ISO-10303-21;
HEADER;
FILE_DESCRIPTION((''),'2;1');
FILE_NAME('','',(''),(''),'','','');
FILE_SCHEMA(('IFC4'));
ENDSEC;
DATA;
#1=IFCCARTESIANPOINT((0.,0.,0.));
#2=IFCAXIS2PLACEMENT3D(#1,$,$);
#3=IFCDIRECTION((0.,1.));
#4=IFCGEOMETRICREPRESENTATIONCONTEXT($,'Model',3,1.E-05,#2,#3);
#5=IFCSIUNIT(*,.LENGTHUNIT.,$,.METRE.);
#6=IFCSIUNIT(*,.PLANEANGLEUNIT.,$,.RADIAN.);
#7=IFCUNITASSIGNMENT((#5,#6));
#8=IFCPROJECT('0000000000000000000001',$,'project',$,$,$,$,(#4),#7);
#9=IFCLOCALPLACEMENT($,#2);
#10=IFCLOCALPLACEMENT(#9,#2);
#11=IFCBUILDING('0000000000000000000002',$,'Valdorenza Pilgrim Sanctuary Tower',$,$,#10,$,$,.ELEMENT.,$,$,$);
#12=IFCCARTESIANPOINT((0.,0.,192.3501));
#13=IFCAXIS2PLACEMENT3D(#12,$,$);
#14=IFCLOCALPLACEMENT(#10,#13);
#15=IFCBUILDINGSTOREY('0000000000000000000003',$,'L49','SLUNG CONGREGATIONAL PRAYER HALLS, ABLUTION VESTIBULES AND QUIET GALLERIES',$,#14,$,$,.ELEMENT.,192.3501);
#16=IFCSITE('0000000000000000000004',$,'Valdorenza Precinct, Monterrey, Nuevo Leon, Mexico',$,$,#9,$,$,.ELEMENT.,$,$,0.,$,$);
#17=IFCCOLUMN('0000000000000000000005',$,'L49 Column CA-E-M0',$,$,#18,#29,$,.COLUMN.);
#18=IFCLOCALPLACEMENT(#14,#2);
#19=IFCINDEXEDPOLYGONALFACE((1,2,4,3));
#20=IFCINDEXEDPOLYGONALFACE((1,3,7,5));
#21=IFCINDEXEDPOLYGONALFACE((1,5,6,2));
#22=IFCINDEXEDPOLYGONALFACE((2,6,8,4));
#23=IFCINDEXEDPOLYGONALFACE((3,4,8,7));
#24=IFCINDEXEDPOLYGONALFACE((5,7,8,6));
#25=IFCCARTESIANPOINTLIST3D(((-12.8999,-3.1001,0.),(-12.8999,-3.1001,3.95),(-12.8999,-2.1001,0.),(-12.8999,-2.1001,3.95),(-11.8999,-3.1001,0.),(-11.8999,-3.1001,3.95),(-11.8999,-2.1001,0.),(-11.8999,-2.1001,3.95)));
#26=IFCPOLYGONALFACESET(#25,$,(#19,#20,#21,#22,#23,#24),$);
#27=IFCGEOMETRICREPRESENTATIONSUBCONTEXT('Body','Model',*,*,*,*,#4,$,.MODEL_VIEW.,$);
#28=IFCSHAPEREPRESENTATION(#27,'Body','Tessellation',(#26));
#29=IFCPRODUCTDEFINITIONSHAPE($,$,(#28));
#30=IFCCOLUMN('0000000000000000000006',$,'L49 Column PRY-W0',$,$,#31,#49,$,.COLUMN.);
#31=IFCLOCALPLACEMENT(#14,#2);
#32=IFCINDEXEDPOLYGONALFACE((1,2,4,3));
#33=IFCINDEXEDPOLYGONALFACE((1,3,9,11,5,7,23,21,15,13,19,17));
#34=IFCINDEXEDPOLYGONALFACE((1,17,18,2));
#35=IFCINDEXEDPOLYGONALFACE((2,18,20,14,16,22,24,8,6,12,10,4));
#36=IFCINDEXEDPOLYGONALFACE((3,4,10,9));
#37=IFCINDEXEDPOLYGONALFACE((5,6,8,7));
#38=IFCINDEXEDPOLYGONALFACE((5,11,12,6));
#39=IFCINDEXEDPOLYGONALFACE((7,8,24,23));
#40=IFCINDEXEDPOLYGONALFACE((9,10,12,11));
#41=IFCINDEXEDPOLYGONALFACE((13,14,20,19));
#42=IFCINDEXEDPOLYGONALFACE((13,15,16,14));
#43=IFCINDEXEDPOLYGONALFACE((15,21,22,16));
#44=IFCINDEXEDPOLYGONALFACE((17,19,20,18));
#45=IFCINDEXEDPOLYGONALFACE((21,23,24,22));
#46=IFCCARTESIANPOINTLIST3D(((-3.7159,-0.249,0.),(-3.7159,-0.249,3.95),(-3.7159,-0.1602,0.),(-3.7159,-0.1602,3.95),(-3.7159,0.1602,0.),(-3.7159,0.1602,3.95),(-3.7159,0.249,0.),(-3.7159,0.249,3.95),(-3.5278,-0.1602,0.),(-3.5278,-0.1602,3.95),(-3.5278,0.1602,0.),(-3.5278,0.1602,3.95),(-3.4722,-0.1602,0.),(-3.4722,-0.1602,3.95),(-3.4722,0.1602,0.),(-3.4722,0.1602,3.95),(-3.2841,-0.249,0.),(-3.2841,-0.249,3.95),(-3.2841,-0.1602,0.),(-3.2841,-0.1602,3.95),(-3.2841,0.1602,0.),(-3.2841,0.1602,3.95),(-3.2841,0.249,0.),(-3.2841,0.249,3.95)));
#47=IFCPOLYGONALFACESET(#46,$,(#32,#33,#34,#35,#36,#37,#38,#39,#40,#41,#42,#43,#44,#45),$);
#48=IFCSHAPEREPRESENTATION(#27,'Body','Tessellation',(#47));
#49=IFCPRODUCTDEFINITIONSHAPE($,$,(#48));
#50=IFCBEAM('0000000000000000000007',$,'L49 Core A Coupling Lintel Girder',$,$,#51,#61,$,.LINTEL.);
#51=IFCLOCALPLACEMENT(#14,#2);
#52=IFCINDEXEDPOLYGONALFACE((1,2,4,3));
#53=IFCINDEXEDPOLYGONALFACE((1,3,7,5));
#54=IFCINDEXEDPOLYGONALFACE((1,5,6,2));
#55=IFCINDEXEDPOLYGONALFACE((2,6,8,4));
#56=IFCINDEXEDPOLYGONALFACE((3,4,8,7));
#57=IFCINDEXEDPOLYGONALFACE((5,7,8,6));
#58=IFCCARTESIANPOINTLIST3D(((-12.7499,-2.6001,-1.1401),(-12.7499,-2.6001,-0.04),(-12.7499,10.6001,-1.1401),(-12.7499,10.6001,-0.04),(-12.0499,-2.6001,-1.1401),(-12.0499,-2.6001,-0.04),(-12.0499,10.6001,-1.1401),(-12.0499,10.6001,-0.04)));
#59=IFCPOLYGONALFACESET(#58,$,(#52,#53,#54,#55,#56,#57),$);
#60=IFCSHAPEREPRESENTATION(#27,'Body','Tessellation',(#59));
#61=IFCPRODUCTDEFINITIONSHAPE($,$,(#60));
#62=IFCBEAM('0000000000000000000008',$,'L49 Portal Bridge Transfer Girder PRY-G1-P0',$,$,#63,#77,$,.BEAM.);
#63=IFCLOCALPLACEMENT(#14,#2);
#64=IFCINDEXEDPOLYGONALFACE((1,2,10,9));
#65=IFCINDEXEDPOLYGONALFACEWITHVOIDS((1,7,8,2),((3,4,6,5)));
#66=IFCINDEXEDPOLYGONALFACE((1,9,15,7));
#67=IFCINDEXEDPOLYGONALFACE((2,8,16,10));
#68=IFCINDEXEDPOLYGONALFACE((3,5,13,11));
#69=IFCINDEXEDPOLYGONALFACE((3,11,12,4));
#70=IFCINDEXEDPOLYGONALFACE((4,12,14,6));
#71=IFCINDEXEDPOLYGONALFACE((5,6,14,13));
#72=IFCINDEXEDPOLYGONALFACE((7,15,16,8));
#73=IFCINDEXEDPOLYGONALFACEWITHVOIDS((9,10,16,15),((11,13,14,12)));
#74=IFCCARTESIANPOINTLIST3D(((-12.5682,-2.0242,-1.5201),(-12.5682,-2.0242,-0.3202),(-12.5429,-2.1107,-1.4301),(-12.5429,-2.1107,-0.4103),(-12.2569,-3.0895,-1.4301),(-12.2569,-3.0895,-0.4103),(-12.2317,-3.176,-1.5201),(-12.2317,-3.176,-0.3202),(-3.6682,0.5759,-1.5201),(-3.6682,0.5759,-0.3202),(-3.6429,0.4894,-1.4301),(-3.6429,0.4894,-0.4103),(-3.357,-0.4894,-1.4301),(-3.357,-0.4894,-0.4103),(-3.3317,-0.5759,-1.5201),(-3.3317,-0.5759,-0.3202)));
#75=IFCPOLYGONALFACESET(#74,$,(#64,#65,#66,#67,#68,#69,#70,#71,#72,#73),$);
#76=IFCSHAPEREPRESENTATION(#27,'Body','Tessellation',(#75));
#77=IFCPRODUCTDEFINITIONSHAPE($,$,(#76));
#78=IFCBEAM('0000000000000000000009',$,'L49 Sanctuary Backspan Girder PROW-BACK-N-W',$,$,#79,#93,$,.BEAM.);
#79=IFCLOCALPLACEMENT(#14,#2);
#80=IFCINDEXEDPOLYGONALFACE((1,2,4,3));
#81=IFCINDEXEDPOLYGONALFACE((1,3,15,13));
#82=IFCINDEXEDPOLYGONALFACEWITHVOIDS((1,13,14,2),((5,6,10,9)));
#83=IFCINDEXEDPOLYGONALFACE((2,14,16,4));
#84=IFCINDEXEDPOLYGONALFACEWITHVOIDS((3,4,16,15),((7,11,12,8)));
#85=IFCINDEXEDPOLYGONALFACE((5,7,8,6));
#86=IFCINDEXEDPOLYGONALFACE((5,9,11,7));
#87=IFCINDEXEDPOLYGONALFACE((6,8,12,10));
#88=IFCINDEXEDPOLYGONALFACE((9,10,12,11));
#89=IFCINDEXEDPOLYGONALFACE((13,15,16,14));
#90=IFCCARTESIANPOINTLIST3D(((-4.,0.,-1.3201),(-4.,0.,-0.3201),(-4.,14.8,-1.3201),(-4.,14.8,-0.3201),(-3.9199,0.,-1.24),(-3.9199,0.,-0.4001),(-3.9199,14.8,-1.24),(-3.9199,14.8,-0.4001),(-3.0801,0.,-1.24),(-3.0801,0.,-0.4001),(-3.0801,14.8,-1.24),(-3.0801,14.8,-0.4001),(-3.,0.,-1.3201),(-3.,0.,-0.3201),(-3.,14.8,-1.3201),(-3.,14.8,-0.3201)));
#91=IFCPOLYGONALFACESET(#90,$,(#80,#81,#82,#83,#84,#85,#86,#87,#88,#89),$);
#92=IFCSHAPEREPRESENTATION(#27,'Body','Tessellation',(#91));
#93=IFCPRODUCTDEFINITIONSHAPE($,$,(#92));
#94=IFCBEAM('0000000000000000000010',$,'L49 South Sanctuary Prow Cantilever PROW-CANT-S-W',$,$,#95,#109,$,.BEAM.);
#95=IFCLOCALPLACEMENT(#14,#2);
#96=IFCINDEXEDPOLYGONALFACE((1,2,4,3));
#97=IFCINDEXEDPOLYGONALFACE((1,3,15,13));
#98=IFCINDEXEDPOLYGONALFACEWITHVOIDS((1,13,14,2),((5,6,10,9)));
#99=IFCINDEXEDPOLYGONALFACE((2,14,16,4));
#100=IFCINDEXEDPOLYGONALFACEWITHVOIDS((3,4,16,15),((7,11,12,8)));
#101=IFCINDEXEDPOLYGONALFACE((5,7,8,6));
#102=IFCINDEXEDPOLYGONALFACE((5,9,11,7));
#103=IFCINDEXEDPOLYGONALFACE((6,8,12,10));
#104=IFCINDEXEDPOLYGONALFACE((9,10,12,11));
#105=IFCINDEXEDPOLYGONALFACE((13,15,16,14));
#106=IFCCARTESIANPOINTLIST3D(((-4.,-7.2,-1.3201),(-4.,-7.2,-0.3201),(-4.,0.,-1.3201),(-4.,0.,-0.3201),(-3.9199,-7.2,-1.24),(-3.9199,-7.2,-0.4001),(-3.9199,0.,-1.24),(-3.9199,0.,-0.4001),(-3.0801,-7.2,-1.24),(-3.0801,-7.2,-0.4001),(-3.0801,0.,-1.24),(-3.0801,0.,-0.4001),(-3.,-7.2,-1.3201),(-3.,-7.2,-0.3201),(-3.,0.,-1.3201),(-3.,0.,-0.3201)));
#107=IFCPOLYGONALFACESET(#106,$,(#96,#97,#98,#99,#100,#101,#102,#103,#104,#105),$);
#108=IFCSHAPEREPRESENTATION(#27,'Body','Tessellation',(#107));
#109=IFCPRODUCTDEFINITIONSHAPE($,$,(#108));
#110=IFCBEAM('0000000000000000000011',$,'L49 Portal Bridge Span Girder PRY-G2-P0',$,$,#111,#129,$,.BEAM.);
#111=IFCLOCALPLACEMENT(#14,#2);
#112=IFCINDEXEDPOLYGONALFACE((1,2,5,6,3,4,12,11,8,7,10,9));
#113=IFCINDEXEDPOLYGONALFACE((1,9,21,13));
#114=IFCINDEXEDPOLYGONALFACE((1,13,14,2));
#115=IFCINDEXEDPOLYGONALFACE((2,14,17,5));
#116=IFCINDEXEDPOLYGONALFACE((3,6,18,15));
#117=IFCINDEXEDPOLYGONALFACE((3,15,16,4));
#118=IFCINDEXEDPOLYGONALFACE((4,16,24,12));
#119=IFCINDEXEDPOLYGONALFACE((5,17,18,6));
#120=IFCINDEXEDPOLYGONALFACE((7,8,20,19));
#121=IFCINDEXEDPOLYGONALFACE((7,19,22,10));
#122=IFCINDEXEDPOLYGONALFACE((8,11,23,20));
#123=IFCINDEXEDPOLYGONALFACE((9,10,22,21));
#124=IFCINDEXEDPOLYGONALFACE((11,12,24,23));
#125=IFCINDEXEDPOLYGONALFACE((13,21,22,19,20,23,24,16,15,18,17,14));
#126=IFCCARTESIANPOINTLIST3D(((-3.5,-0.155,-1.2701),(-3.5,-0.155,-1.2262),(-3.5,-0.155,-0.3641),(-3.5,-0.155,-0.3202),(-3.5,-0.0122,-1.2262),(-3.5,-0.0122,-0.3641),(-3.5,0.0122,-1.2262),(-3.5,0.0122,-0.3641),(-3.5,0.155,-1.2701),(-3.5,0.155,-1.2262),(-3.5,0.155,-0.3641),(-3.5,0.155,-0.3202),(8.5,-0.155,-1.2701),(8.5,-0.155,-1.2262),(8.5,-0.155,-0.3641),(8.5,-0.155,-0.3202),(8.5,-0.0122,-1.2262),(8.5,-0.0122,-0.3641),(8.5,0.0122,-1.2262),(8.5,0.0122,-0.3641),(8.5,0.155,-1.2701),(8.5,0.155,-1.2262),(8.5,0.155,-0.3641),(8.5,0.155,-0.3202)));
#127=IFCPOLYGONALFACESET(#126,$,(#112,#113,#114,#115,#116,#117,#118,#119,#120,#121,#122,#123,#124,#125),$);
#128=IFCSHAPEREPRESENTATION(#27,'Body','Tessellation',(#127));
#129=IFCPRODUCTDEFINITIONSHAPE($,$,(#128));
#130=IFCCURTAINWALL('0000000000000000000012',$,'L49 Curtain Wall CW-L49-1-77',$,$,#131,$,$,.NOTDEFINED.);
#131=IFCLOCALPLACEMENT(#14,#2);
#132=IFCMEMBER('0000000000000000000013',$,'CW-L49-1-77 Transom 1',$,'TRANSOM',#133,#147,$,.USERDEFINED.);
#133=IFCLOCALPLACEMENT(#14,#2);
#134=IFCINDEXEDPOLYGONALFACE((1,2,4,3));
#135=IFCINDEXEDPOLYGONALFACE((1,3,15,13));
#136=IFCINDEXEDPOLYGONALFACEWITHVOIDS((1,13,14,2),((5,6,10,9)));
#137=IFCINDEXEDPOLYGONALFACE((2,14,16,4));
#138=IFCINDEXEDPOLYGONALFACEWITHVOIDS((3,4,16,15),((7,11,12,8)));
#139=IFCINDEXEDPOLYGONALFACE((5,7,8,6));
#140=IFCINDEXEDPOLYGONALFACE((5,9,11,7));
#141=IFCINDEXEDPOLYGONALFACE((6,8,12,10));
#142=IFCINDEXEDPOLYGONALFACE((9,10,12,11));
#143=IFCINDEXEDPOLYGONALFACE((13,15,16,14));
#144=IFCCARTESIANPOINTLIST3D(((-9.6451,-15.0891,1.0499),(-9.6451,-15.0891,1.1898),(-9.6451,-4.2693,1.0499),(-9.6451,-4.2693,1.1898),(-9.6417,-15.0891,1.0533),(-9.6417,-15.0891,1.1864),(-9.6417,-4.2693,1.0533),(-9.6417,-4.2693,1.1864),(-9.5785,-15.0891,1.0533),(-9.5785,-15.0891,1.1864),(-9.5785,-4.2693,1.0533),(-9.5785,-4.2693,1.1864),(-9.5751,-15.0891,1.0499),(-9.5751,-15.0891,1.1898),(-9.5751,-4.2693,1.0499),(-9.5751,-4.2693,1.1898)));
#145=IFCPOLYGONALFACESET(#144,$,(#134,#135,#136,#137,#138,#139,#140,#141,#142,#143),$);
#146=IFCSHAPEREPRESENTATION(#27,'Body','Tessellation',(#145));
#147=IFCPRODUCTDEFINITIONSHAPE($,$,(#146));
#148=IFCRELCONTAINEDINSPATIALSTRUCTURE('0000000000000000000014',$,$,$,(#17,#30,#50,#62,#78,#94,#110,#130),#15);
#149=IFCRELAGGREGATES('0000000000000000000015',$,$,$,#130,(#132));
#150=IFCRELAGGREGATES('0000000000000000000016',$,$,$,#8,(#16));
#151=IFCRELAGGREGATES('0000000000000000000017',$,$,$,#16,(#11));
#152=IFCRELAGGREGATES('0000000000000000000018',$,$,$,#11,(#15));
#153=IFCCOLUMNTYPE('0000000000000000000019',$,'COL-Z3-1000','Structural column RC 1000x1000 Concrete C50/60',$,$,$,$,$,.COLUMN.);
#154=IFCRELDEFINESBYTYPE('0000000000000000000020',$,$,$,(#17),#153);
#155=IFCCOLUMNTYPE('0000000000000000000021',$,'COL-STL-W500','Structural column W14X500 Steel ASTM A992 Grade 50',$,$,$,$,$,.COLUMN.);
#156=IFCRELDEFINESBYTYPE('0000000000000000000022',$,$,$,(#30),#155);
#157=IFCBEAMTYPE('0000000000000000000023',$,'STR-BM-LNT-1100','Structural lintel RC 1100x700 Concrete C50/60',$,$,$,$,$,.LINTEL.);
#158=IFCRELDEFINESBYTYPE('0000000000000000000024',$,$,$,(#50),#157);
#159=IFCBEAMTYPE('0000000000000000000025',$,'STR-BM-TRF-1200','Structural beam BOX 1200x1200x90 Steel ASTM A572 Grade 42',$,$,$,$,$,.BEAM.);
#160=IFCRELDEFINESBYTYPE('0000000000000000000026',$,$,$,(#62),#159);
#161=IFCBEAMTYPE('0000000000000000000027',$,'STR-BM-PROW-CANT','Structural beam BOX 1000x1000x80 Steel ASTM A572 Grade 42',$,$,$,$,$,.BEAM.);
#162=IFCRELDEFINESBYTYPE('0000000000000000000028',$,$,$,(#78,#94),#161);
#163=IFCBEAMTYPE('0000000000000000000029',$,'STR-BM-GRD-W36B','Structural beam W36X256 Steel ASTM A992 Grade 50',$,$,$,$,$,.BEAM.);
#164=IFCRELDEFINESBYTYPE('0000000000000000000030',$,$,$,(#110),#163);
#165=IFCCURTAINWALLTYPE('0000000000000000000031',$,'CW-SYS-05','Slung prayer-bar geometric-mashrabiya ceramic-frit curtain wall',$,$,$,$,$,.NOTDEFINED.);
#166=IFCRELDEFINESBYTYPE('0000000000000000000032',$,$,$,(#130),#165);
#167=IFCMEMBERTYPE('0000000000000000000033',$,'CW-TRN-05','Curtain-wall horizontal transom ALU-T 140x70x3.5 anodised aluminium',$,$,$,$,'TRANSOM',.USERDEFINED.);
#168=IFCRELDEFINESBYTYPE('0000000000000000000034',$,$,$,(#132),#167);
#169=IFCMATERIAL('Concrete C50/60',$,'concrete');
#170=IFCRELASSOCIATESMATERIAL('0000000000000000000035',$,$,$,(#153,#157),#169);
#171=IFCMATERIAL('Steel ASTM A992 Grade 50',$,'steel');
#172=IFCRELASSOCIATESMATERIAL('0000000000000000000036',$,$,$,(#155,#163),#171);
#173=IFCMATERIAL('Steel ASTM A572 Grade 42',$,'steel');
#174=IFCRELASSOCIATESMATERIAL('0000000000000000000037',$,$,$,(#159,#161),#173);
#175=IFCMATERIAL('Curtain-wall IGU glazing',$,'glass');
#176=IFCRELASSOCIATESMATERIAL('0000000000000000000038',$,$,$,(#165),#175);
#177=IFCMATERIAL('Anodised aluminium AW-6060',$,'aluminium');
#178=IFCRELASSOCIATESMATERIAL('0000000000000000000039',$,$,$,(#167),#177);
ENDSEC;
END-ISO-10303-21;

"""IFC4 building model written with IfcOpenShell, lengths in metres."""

from ifc_helpers import new_model, si_unit, direction, frame, origin, origin_2d, place, context, subcontext, project, spatial, rectangle, hollow_rectangle, i_section, extrude, source, transform, mapped, material, material_profile, profile_set, type_object, element, aggregate, save


model = new_model("IFC4")

# Units and contexts
model_context = context("Model", 3, precision=1e-05, world=origin(), true_north=direction((0.0, 1.0)))
body_context = subcontext(model_context, "Body", "Model", "MODEL_VIEW")
ifc_project = project(units=[si_unit("LENGTHUNIT", "METRE"), si_unit("PLANEANGLEUNIT", "RADIAN")], contexts=[model_context])

# Site, building, storey
site_placement = place(None, origin())
site = spatial("IfcSite", under=ifc_project, at=site_placement, Name="Valdorenza Precinct, Monterrey, Nuevo Leon, Mexico", CompositionType="ELEMENT", RefElevation=0.0)
building_placement = place(site_placement, origin())
building = spatial("IfcBuilding", under=site, at=building_placement, Name="Valdorenza Pilgrim Sanctuary Tower", CompositionType="ELEMENT")
storey_placement = place(building_placement, frame((0.0, 0.0, 192.3501)))
storey = spatial("IfcBuildingStorey", under=building, at=storey_placement, Name="L49", Description="SLUNG CONGREGATIONAL PRAYER HALLS, ABLUTION VESTIBULES AND QUIET GALLERIES", CompositionType="ELEMENT", Elevation=192.3501)

# Columns
ifc_material_1 = material(Name="Concrete C50/60", Category="concrete")
ifc_material_profile_1 = material_profile(ifc_material_1, rectangle(XDim=1.0, YDim=1.0, at=origin_2d()), Name="RC 1000x1000")
ifc_profile_set_1 = profile_set([ifc_material_profile_1], Name="Concrete C50/60")
column_type_1 = type_object("IfcColumnType", Name="COL-Z3-1000", Description="Structural column RC 1000x1000 Concrete C50/60", PredefinedType="COLUMN", material=ifc_profile_set_1)
shared_shape_1 = source(origin(), body_context, "Body", "SweptSolid", [
    extrude(rectangle(XDim=1.0, YDim=1.0, at=origin_2d()), origin(), (0.0, 0.0, 1.0), 3.95),
])
column_1_placement = place(storey_placement, frame((-12.3999, -2.6001, 0.0), z_axis=(0.0, 0.0, 1.0), x_axis=(1.0, 0.0, 0.0)))
element("IfcColumn", 1, at=column_1_placement, inside=storey, type_object=column_type_1, Name="L49 Column CA-E-M0", PredefinedType="COLUMN", context=body_context, shape_type="MappedRepresentation", body=[
    mapped(shared_shape_1, transform((0.0, 0.0, 0.0), x_axis=(1.0, 0.0, 0.0), y_axis=(0.0, 1.0, 0.0), z_axis=(0.0, 0.0, 1.0), scale=1.0)),
])
ifc_material_2 = material(Name="Steel ASTM A992 Grade 50", Category="steel")
ifc_material_profile_2 = material_profile(ifc_material_2, i_section(OverallWidth=0.4319, OverallDepth=0.498, WebThickness=0.0557, FlangeThickness=0.0889, at=origin_2d()), Name="W14X500")
ifc_profile_set_2 = profile_set([ifc_material_profile_2], Name="Steel ASTM A992 Grade 50")
column_type_2 = type_object("IfcColumnType", Name="COL-STL-W500", Description="Structural column W14X500 Steel ASTM A992 Grade 50", PredefinedType="COLUMN", material=ifc_profile_set_2)
shared_shape_2 = source(origin(), body_context, "Body", "SweptSolid", [
    extrude(i_section(OverallWidth=0.4319, OverallDepth=0.498, WebThickness=0.0557, FlangeThickness=0.0889, at=origin_2d()), origin(), (0.0, 0.0, 1.0), 3.95),
])
column_2_placement = place(storey_placement, frame((-3.5, 0.0, 0.0), z_axis=(0.0, 0.0, 1.0), x_axis=(1.0, 0.0, 0.0)))
element("IfcColumn", 2, at=column_2_placement, inside=storey, type_object=column_type_2, Name="L49 Column PRY-W0", PredefinedType="COLUMN", context=body_context, shape_type="MappedRepresentation", body=[
    mapped(shared_shape_2, transform((0.0, 0.0, 0.0), x_axis=(1.0, 0.0, 0.0), y_axis=(0.0, 1.0, 0.0), z_axis=(0.0, 0.0, 1.0), scale=1.0)),
])

# Beams
ifc_material_profile_3 = material_profile(ifc_material_1, rectangle(XDim=0.7, YDim=1.1001, at=origin_2d()), Name="RC 1100x700")
ifc_profile_set_3 = profile_set([ifc_material_profile_3], Name="Concrete C50/60")
beam_type_1 = type_object("IfcBeamType", Name="STR-BM-LNT-1100", Description="Structural lintel RC 1100x700 Concrete C50/60", PredefinedType="LINTEL", material=ifc_profile_set_3)
shared_shape_3 = source(origin(), body_context, "Body", "SweptSolid", [
    extrude(rectangle(XDim=0.7, YDim=1.1001, at=origin_2d()), origin(), (0.0, 0.0, 1.0), 13.2002),
])
beam_1_placement = place(storey_placement, frame((-12.3999, -2.6001, -0.5901), z_axis=(0.0, 1.0, 0.0), x_axis=(-1.0, 0.0, 0.0)))
element("IfcBeam", 3, at=beam_1_placement, inside=storey, type_object=beam_type_1, Name="L49 Core A Coupling Lintel Girder", PredefinedType="LINTEL", context=body_context, shape_type="MappedRepresentation", body=[
    mapped(shared_shape_3, transform((0.0, 0.0, 0.0), x_axis=(1.0, 0.0, 0.0), y_axis=(0.0, 1.0, 0.0), z_axis=(0.0, 0.0, 1.0), scale=1.0)),
])
ifc_material_3 = material(Name="Steel ASTM A572 Grade 42", Category="steel")
ifc_material_profile_4 = material_profile(ifc_material_3, hollow_rectangle(XDim=1.2, YDim=1.2, WallThickness=0.0901, at=origin_2d()), Name="BOX 1200x1200x90")
ifc_profile_set_4 = profile_set([ifc_material_profile_4], Name="Steel ASTM A572 Grade 42")
beam_type_2 = type_object("IfcBeamType", Name="STR-BM-TRF-1200", Description="Structural beam BOX 1200x1200x90 Steel ASTM A572 Grade 42", PredefinedType="BEAM", material=ifc_profile_set_4)
shared_shape_4 = source(origin(), body_context, "Body", "SweptSolid", [
    extrude(hollow_rectangle(XDim=1.2, YDim=1.2, WallThickness=0.0901, at=origin_2d()), origin(), (0.0, 0.0, 1.0), 9.272),
])
beam_2_placement = place(storey_placement, frame((-12.3999, -2.6001, -0.9202), z_axis=(0.959875, 0.280427, 0.0), x_axis=(-0.280427, 0.959875, 0.0)))
element("IfcBeam", 4, at=beam_2_placement, inside=storey, type_object=beam_type_2, Name="L49 Portal Bridge Transfer Girder PRY-G1-P0", PredefinedType="BEAM", context=body_context, shape_type="MappedRepresentation", body=[
    mapped(shared_shape_4, transform((0.0, 0.0, 0.0), x_axis=(1.0, 0.0, 0.0), y_axis=(0.0, 1.0, 0.0), z_axis=(0.0, 0.0, 1.0), scale=1.0)),
])
ifc_material_profile_5 = material_profile(ifc_material_3, hollow_rectangle(XDim=1.0, YDim=1.0, WallThickness=0.0801, at=origin_2d()), Name="BOX 1000x1000x80")
ifc_profile_set_5 = profile_set([ifc_material_profile_5], Name="Steel ASTM A572 Grade 42")
beam_type_3 = type_object("IfcBeamType", Name="STR-BM-PROW-CANT", Description="Structural beam BOX 1000x1000x80 Steel ASTM A572 Grade 42", PredefinedType="BEAM", material=ifc_profile_set_5)
shared_shape_5 = source(origin(), body_context, "Body", "SweptSolid", [
    extrude(hollow_rectangle(XDim=1.0, YDim=1.0, WallThickness=0.0801, at=origin_2d()), origin(), (0.0, 0.0, 1.0), 14.8),
])
beam_3_placement = place(storey_placement, frame((-3.5, 0.0, -0.8201), z_axis=(0.0, 1.0, 0.0), x_axis=(-1.0, 0.0, 0.0)))
element("IfcBeam", 5, at=beam_3_placement, inside=storey, type_object=beam_type_3, Name="L49 Sanctuary Backspan Girder PROW-BACK-N-W", PredefinedType="BEAM", context=body_context, shape_type="MappedRepresentation", body=[
    mapped(shared_shape_5, transform((0.0, 0.0, 0.0), x_axis=(1.0, 0.0, 0.0), y_axis=(0.0, 1.0, 0.0), z_axis=(0.0, 0.0, 1.0), scale=1.0)),
])
shared_shape_6 = source(origin(), body_context, "Body", "SweptSolid", [
    extrude(hollow_rectangle(XDim=1.0, YDim=1.0, WallThickness=0.0801, at=origin_2d()), origin(), (0.0, 0.0, 1.0), 7.2),
])
beam_4_placement = place(storey_placement, frame((-3.5, 0.0, -0.8201), z_axis=(0.0, -1.0, 0.0), x_axis=(1.0, 0.0, 0.0)))
element("IfcBeam", 6, at=beam_4_placement, inside=storey, type_object=beam_type_3, Name="L49 South Sanctuary Prow Cantilever PROW-CANT-S-W", PredefinedType="BEAM", context=body_context, shape_type="MappedRepresentation", body=[
    mapped(shared_shape_6, transform((0.0, 0.0, 0.0), x_axis=(1.0, 0.0, 0.0), y_axis=(0.0, 1.0, 0.0), z_axis=(0.0, 0.0, 1.0), scale=1.0)),
])
ifc_material_profile_6 = material_profile(ifc_material_2, i_section(OverallWidth=0.3101, OverallDepth=0.95, WebThickness=0.0244, FlangeThickness=0.0439, at=origin_2d()), Name="W36X256")
ifc_profile_set_6 = profile_set([ifc_material_profile_6], Name="Steel ASTM A992 Grade 50")
beam_type_4 = type_object("IfcBeamType", Name="STR-BM-GRD-W36B", Description="Structural beam W36X256 Steel ASTM A992 Grade 50", PredefinedType="BEAM", material=ifc_profile_set_6)
shared_shape_7 = source(origin(), body_context, "Body", "SweptSolid", [
    extrude(i_section(OverallWidth=0.3101, OverallDepth=0.95, WebThickness=0.0244, FlangeThickness=0.0439, at=origin_2d()), origin(), (0.0, 0.0, 1.0), 12.0),
])
beam_5_placement = place(storey_placement, frame((-3.5, 0.0, -0.7952), z_axis=(1.0, 0.0, 0.0), x_axis=(0.0, 1.0, 0.0)))
element("IfcBeam", 7, at=beam_5_placement, inside=storey, type_object=beam_type_4, Name="L49 Portal Bridge Span Girder PRY-G2-P0", PredefinedType="BEAM", context=body_context, shape_type="MappedRepresentation", body=[
    mapped(shared_shape_7, transform((0.0, 0.0, 0.0), x_axis=(1.0, 0.0, 0.0), y_axis=(0.0, 1.0, 0.0), z_axis=(0.0, 0.0, 1.0), scale=1.0)),
])

# Curtain wall, member
ifc_material_4 = material(Name="Curtain-wall IGU glazing", Category="glass")
curtain_wall_type = type_object("IfcCurtainWallType", Name="CW-SYS-05", Description="Slung prayer-bar geometric-mashrabiya ceramic-frit curtain wall", PredefinedType="NOTDEFINED", material=ifc_material_4)
curtain_wall_placement = place(storey_placement, origin())
curtain_wall = element("IfcCurtainWall", 8, at=curtain_wall_placement, inside=storey, type_object=curtain_wall_type, Name="L49 Curtain Wall CW-L49-1-77", PredefinedType="NOTDEFINED")
ifc_material_5 = material(Name="Anodised aluminium AW-6060", Category="aluminium")
ifc_material_profile_7 = material_profile(ifc_material_5, hollow_rectangle(XDim=0.0701, YDim=0.1399, WallThickness=0.0034, at=origin_2d()), Name="ALU-T 140x70x3.5")
ifc_profile_set_7 = profile_set([ifc_material_profile_7], Name="Anodised aluminium AW-6060")
member_type_1 = type_object("IfcMemberType", Name="CW-TRN-05", Description="Curtain-wall horizontal transom ALU-T 140x70x3.5 anodised aluminium", ElementType="TRANSOM", PredefinedType="USERDEFINED", material=ifc_profile_set_7)
shared_shape_8 = source(origin(), body_context, "Body", "SweptSolid", [
    extrude(hollow_rectangle(XDim=0.0701, YDim=0.1399, WallThickness=0.0034, at=origin_2d()), origin(), (0.0, 0.0, 1.0), 10.8198),
])
member_1_placement = place(storey_placement, frame((-9.6101, -4.2693, 1.1199), z_axis=(0.0, -1.0, 0.0), x_axis=(1.0, 0.0, 0.0)))
member_1 = element("IfcMember", 9, at=member_1_placement, type_object=member_type_1, Name="CW-L49-1-77 Transom 1", ObjectType="TRANSOM", PredefinedType="USERDEFINED", context=body_context, shape_type="MappedRepresentation", body=[
    mapped(shared_shape_8, transform((0.0, 0.0, 0.0), x_axis=(1.0, 0.0, 0.0), y_axis=(0.0, 1.0, 0.0), z_axis=(0.0, 0.0, 1.0), scale=1.0)),
])
aggregate(curtain_wall, [member_1])

save(model, "model.ifc")
